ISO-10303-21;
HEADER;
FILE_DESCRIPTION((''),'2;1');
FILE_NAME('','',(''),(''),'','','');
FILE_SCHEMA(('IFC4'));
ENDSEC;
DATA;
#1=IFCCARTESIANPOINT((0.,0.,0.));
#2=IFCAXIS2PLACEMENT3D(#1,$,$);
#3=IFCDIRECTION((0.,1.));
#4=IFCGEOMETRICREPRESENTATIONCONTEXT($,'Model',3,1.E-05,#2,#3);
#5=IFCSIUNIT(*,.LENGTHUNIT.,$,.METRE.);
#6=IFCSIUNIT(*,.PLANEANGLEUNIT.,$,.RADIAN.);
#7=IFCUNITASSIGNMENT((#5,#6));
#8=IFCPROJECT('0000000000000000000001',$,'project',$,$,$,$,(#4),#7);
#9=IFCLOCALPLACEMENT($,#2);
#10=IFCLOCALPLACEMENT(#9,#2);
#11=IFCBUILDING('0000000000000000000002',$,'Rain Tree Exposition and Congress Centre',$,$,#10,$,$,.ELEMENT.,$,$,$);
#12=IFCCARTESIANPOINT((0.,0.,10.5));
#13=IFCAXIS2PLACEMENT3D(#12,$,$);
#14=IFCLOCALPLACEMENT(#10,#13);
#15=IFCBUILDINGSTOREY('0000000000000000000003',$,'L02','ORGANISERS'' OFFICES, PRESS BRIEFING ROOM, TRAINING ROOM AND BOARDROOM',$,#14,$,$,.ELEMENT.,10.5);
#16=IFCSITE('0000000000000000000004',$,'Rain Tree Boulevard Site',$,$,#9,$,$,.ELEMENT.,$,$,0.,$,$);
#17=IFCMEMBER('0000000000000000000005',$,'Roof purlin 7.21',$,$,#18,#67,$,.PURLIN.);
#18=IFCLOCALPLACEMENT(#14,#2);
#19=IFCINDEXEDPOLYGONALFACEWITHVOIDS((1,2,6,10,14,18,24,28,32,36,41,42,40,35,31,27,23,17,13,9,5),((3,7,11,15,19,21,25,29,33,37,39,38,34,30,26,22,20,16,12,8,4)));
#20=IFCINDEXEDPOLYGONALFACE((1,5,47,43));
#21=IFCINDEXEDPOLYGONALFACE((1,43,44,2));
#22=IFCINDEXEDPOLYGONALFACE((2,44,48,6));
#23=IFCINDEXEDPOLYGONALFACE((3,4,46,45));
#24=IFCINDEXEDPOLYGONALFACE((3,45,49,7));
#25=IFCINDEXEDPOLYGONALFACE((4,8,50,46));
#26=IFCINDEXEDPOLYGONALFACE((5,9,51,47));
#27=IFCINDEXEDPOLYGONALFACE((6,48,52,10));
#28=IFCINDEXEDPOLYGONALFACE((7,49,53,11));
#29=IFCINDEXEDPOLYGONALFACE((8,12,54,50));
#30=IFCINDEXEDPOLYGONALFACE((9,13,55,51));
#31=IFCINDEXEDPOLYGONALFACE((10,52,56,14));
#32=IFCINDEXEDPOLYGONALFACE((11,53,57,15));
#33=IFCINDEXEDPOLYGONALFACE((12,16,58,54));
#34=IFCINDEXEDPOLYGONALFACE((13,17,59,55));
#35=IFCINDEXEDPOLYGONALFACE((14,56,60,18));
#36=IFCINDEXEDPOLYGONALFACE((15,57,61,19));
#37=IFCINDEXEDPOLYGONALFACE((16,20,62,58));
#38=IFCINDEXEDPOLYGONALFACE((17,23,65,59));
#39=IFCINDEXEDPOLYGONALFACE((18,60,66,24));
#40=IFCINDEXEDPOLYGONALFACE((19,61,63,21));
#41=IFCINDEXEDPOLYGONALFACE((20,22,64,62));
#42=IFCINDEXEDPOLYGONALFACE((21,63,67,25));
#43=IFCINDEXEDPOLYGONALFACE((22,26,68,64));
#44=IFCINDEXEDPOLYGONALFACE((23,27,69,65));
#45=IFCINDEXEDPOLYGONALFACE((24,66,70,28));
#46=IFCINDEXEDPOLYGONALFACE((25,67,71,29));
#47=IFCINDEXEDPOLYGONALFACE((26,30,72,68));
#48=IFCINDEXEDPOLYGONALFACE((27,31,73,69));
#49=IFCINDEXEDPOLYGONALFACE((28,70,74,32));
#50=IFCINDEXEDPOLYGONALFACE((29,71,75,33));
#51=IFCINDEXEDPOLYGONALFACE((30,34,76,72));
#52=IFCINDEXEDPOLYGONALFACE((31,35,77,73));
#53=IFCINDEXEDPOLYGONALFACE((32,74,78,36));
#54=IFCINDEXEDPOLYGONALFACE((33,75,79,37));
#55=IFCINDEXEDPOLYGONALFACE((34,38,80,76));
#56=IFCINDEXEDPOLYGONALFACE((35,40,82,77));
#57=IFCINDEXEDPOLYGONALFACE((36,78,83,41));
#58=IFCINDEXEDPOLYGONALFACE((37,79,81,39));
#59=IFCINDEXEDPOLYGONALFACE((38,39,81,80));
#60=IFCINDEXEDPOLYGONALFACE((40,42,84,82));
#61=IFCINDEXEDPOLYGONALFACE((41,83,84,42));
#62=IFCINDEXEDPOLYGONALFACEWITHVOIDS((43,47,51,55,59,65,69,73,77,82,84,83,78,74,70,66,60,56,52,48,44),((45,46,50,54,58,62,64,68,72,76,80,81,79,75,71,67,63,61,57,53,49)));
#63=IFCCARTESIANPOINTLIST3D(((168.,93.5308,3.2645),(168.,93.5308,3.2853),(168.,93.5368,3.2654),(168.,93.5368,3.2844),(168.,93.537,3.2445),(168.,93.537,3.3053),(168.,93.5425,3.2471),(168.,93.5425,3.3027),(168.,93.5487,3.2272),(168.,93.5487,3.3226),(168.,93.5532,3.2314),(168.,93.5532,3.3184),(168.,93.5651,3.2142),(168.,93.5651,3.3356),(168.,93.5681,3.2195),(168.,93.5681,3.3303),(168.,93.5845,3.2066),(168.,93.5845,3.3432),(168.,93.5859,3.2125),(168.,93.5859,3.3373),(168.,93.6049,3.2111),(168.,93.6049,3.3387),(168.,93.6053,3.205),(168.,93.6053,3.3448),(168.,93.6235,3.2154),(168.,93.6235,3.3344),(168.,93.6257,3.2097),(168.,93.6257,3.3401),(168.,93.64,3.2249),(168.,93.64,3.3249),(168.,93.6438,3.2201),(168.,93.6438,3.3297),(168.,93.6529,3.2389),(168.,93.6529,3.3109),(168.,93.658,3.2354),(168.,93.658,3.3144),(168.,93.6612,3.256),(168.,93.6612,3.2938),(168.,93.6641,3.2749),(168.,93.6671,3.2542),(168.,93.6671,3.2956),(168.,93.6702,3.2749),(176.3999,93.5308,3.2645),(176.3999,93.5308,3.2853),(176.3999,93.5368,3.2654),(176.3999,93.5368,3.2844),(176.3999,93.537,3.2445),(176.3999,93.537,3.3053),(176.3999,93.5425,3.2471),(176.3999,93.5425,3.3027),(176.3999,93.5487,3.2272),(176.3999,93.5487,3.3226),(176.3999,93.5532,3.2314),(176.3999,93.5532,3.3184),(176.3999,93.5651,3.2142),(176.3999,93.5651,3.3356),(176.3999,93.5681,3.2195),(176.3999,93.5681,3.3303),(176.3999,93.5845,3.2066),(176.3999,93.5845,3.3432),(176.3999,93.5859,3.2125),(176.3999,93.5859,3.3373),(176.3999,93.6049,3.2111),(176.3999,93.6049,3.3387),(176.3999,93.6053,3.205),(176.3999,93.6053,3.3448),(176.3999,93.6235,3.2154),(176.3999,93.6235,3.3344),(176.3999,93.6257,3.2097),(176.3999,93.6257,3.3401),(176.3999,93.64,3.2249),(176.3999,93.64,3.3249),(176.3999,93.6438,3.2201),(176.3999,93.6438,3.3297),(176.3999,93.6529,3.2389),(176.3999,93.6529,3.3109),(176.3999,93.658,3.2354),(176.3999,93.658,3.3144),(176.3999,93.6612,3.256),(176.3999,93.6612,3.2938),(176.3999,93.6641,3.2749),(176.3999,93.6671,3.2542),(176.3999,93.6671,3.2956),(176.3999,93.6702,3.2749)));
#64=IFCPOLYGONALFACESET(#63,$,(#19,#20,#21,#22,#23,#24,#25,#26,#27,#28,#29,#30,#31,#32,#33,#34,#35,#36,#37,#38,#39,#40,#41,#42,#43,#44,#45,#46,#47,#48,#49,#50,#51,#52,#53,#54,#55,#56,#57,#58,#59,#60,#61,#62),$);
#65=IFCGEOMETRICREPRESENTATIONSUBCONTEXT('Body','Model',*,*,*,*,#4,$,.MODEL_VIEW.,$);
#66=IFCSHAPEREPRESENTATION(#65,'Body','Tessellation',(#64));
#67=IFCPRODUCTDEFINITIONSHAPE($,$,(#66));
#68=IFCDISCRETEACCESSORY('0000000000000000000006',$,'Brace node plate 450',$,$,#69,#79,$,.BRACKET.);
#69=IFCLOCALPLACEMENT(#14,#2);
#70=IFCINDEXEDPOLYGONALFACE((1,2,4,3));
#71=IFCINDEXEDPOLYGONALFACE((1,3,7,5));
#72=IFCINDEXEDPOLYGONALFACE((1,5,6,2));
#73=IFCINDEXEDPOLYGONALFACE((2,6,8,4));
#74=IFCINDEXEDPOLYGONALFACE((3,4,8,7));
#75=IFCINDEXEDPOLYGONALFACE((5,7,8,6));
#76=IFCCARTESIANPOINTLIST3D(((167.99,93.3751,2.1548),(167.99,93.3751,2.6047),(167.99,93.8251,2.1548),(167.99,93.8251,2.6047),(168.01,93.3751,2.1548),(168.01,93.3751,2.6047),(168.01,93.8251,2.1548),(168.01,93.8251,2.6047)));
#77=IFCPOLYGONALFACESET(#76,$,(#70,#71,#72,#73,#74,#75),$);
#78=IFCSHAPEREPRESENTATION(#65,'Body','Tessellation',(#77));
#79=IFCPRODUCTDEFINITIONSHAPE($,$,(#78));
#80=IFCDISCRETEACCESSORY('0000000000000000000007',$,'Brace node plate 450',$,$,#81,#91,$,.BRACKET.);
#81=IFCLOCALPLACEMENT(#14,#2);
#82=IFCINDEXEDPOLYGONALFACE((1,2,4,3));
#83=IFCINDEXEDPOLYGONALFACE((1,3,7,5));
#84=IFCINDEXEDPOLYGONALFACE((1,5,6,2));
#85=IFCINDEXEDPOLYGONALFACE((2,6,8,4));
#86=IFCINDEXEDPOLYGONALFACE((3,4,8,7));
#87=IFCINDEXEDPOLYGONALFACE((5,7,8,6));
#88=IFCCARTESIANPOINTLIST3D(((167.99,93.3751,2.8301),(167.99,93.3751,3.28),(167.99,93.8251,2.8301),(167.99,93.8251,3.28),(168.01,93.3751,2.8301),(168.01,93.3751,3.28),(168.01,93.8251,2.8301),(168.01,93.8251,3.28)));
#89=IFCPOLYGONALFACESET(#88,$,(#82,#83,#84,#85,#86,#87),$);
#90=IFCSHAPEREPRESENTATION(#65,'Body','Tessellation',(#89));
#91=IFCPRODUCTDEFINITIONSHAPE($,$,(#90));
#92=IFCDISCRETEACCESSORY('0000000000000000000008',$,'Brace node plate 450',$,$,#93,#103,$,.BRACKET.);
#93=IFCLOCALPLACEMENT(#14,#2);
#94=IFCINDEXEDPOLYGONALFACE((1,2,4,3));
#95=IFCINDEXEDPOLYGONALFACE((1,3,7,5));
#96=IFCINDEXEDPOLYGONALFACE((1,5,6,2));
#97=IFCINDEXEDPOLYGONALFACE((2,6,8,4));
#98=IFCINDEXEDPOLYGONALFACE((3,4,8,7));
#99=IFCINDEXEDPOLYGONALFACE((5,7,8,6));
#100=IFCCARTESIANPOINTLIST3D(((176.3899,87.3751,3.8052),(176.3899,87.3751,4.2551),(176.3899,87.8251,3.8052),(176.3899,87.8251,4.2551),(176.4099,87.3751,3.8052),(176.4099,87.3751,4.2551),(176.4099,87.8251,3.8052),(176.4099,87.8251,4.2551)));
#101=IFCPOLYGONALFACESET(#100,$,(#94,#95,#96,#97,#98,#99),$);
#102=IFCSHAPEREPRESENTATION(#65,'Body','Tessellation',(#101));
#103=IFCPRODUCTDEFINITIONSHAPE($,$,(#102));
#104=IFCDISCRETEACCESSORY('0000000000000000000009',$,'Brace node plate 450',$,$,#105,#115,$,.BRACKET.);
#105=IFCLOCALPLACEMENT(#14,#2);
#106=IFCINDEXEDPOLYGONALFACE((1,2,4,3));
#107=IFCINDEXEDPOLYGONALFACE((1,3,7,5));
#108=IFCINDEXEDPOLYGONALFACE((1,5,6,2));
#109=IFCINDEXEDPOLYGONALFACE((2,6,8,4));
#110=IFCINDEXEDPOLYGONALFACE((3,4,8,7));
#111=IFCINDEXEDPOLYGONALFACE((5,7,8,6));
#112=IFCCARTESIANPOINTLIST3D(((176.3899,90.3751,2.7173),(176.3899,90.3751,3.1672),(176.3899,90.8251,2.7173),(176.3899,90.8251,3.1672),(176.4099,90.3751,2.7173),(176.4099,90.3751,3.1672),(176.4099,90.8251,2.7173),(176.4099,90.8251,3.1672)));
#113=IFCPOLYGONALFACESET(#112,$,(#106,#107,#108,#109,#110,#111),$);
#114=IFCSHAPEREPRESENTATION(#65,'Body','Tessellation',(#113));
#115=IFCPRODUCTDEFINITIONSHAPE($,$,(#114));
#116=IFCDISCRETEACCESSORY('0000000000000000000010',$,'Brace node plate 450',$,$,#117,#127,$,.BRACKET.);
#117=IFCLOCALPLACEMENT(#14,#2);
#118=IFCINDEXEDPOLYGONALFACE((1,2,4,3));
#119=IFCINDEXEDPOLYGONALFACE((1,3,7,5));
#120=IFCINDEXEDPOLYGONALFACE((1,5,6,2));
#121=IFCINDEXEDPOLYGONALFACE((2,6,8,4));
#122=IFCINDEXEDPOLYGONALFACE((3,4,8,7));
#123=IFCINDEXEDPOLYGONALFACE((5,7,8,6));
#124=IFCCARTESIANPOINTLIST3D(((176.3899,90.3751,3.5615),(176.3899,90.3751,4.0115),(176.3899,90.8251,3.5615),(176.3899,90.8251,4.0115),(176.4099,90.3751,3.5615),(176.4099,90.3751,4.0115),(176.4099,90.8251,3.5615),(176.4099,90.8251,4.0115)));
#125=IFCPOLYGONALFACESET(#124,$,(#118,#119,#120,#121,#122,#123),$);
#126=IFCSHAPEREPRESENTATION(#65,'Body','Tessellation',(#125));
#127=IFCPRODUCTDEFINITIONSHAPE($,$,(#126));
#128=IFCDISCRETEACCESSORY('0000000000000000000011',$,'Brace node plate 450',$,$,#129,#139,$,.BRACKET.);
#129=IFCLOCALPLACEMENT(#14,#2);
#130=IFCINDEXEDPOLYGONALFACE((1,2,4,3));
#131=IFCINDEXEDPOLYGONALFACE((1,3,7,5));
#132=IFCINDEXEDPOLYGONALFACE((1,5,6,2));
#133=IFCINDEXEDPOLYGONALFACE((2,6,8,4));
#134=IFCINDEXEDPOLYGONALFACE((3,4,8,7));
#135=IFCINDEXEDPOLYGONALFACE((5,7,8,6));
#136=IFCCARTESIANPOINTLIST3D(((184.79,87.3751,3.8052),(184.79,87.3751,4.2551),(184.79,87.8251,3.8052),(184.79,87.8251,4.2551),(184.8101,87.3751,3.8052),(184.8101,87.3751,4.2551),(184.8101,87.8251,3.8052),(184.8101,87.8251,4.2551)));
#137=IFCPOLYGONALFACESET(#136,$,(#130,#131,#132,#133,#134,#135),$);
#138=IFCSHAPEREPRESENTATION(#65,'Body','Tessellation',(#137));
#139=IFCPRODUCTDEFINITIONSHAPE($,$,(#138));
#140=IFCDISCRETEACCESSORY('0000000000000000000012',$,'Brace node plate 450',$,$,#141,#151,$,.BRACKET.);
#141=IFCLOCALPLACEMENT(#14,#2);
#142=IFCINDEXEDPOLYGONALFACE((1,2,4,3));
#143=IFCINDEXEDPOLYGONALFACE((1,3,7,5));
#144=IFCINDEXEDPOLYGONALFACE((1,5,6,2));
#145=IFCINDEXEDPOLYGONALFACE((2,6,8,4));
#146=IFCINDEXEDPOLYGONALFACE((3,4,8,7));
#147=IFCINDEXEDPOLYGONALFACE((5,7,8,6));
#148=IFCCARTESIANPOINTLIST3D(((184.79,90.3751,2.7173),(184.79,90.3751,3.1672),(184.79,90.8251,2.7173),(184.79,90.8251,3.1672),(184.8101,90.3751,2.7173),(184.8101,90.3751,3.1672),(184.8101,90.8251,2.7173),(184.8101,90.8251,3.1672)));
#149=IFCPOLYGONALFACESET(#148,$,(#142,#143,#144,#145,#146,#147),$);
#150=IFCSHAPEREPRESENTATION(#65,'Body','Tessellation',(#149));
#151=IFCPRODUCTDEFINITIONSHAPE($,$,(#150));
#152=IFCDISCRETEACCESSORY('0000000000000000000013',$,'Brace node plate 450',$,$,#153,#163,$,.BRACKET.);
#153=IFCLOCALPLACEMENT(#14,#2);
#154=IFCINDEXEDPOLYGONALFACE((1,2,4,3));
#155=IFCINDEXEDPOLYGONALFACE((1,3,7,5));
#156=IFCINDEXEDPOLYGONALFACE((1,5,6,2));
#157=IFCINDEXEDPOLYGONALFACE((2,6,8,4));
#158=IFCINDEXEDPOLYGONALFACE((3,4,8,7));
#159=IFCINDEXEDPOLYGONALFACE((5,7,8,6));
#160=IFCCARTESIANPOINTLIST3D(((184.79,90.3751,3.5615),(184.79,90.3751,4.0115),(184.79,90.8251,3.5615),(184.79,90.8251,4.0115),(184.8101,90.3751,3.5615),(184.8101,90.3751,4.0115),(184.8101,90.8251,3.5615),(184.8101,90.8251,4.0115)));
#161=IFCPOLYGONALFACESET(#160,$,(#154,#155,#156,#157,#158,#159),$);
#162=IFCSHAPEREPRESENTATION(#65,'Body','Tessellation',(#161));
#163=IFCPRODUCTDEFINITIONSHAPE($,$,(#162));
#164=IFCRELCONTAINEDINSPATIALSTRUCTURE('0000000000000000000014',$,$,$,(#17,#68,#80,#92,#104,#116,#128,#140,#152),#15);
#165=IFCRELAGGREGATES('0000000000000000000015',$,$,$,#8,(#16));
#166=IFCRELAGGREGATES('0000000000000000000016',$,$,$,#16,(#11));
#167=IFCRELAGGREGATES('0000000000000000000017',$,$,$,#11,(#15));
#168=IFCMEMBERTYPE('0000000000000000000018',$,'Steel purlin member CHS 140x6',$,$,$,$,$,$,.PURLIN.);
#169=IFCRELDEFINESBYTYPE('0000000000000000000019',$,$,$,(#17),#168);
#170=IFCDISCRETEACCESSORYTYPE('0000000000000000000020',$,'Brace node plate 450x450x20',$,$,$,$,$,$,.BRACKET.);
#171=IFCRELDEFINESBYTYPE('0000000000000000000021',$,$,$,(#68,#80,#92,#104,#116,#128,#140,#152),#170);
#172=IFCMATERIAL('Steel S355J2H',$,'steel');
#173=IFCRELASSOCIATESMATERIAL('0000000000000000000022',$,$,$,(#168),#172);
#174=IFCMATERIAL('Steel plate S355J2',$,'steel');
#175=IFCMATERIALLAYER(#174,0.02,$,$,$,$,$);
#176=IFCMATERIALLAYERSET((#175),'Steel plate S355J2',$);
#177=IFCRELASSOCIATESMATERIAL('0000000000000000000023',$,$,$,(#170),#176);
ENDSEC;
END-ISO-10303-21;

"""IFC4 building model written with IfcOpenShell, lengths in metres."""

from ifc_helpers import new_model, si_unit, direction, frame, origin, origin_2d, place, context, subcontext, project, spatial, rectangle, hollow_circle, extrude, material, layer, layer_set, material_profile, profile_set, type_object, element, save


model = new_model("IFC4")

# Units and contexts
model_context = context("Model", 3, precision=1e-05, world=origin(), true_north=direction((0.0, 1.0)))
body_context = subcontext(model_context, "Body", "Model", "MODEL_VIEW")
ifc_project = project(units=[si_unit("LENGTHUNIT", "METRE"), si_unit("PLANEANGLEUNIT", "RADIAN")], contexts=[model_context])

# Site, building, storey
site_placement = place(None, origin())
site = spatial("IfcSite", under=ifc_project, at=site_placement, Name="Rain Tree Boulevard Site", CompositionType="ELEMENT", RefElevation=0.0)
building_placement = place(site_placement, origin())
building = spatial("IfcBuilding", under=site, at=building_placement, Name="Rain Tree Exposition and Congress Centre", CompositionType="ELEMENT")
storey_placement = place(building_placement, frame((0.0, 0.0, 10.5)))
storey = spatial("IfcBuildingStorey", under=building, at=storey_placement, Name="L02", Description="ORGANISERS' OFFICES, PRESS BRIEFING ROOM, TRAINING ROOM AND BOARDROOM", CompositionType="ELEMENT", Elevation=10.5)

# Member
ifc_material_1 = material(Name="Steel S355J2H", Category="steel")
ifc_material_profile_1 = material_profile(ifc_material_1, hollow_circle(Radius=0.0701, WallThickness=0.0061, at=origin_2d()), Name="CHS 140x6")
ifc_profile_set_1 = profile_set([ifc_material_profile_1], Name="Steel S355J2H")
member_type_1 = type_object("IfcMemberType", Name="Steel purlin member CHS 140x6", PredefinedType="PURLIN", material=ifc_profile_set_1)
for number, where, z_axis, x_axis, name in (
    (1, (168.0, 93.6001, 3.2749), (1.0, 0.0, 0.0), (0.0, 1.0, 0.0), "Roof purlin 7.21"),
):
    element("IfcMember", number, at=place(storey_placement, frame(where, z_axis=z_axis, x_axis=x_axis)), inside=storey, type_object=member_type_1, Name=name, PredefinedType="PURLIN", context=body_context, shape_type="SweptSolid", body=[
        extrude(hollow_circle(Radius=0.0701, WallThickness=0.0061, at=origin_2d()), origin(), (0.0, 0.0, 1.0), 8.3999),
    ])

# Discrete accessories
ifc_material_2 = material(Name="Steel plate S355J2", Category="steel")
ifc_layer = layer(ifc_material_2, 0.02)
ifc_layer_set = layer_set([ifc_layer], Name="Steel plate S355J2")
discrete_accessory_type = type_object("IfcDiscreteAccessoryType", Name="Brace node plate 450x450x20", PredefinedType="BRACKET", material=ifc_layer_set)
for number, where, z_axis, x_axis, name in (
    (2, (168.0, 93.6001, 2.1548), (0.0, 0.0, 1.0), (0.0, -1.0, 0.0), "Brace node plate 450"),
    (3, (168.0, 93.6001, 2.8301), (0.0, 0.0, 1.0), (0.0, 1.0, 0.0), "Brace node plate 450"),
    (4, (176.3999, 87.6001, 3.8052), (0.0, 0.0, 1.0), (0.0, 1.0, 0.0), "Brace node plate 450"),
    (5, (176.3999, 90.6001, 2.7173), (0.0, 0.0, 1.0), (0.0, -1.0, 0.0), "Brace node plate 450"),
    (6, (176.3999, 90.6001, 3.5615), (0.0, 0.0, 1.0), (0.0, 1.0, 0.0), "Brace node plate 450"),
    (7, (184.8, 87.6001, 3.8052), (0.0, 0.0, 1.0), (0.0, 1.0, 0.0), "Brace node plate 450"),
    (8, (184.8, 90.6001, 2.7173), (0.0, 0.0, 1.0), (0.0, -1.0, 0.0), "Brace node plate 450"),
    (9, (184.8, 90.6001, 3.5615), (0.0, 0.0, 1.0), (0.0, 1.0, 0.0), "Brace node plate 450"),
):
    element("IfcDiscreteAccessory", number, at=place(storey_placement, frame(where, z_axis=z_axis, x_axis=x_axis)), inside=storey, type_object=discrete_accessory_type, Name=name, PredefinedType="BRACKET", context=body_context, shape_type="SweptSolid", body=[
        extrude(rectangle(XDim=0.45, YDim=0.02, at=origin_2d()), origin(), (0.0, 0.0, 1.0), 0.45),
    ])

save(model, "model.ifc")
